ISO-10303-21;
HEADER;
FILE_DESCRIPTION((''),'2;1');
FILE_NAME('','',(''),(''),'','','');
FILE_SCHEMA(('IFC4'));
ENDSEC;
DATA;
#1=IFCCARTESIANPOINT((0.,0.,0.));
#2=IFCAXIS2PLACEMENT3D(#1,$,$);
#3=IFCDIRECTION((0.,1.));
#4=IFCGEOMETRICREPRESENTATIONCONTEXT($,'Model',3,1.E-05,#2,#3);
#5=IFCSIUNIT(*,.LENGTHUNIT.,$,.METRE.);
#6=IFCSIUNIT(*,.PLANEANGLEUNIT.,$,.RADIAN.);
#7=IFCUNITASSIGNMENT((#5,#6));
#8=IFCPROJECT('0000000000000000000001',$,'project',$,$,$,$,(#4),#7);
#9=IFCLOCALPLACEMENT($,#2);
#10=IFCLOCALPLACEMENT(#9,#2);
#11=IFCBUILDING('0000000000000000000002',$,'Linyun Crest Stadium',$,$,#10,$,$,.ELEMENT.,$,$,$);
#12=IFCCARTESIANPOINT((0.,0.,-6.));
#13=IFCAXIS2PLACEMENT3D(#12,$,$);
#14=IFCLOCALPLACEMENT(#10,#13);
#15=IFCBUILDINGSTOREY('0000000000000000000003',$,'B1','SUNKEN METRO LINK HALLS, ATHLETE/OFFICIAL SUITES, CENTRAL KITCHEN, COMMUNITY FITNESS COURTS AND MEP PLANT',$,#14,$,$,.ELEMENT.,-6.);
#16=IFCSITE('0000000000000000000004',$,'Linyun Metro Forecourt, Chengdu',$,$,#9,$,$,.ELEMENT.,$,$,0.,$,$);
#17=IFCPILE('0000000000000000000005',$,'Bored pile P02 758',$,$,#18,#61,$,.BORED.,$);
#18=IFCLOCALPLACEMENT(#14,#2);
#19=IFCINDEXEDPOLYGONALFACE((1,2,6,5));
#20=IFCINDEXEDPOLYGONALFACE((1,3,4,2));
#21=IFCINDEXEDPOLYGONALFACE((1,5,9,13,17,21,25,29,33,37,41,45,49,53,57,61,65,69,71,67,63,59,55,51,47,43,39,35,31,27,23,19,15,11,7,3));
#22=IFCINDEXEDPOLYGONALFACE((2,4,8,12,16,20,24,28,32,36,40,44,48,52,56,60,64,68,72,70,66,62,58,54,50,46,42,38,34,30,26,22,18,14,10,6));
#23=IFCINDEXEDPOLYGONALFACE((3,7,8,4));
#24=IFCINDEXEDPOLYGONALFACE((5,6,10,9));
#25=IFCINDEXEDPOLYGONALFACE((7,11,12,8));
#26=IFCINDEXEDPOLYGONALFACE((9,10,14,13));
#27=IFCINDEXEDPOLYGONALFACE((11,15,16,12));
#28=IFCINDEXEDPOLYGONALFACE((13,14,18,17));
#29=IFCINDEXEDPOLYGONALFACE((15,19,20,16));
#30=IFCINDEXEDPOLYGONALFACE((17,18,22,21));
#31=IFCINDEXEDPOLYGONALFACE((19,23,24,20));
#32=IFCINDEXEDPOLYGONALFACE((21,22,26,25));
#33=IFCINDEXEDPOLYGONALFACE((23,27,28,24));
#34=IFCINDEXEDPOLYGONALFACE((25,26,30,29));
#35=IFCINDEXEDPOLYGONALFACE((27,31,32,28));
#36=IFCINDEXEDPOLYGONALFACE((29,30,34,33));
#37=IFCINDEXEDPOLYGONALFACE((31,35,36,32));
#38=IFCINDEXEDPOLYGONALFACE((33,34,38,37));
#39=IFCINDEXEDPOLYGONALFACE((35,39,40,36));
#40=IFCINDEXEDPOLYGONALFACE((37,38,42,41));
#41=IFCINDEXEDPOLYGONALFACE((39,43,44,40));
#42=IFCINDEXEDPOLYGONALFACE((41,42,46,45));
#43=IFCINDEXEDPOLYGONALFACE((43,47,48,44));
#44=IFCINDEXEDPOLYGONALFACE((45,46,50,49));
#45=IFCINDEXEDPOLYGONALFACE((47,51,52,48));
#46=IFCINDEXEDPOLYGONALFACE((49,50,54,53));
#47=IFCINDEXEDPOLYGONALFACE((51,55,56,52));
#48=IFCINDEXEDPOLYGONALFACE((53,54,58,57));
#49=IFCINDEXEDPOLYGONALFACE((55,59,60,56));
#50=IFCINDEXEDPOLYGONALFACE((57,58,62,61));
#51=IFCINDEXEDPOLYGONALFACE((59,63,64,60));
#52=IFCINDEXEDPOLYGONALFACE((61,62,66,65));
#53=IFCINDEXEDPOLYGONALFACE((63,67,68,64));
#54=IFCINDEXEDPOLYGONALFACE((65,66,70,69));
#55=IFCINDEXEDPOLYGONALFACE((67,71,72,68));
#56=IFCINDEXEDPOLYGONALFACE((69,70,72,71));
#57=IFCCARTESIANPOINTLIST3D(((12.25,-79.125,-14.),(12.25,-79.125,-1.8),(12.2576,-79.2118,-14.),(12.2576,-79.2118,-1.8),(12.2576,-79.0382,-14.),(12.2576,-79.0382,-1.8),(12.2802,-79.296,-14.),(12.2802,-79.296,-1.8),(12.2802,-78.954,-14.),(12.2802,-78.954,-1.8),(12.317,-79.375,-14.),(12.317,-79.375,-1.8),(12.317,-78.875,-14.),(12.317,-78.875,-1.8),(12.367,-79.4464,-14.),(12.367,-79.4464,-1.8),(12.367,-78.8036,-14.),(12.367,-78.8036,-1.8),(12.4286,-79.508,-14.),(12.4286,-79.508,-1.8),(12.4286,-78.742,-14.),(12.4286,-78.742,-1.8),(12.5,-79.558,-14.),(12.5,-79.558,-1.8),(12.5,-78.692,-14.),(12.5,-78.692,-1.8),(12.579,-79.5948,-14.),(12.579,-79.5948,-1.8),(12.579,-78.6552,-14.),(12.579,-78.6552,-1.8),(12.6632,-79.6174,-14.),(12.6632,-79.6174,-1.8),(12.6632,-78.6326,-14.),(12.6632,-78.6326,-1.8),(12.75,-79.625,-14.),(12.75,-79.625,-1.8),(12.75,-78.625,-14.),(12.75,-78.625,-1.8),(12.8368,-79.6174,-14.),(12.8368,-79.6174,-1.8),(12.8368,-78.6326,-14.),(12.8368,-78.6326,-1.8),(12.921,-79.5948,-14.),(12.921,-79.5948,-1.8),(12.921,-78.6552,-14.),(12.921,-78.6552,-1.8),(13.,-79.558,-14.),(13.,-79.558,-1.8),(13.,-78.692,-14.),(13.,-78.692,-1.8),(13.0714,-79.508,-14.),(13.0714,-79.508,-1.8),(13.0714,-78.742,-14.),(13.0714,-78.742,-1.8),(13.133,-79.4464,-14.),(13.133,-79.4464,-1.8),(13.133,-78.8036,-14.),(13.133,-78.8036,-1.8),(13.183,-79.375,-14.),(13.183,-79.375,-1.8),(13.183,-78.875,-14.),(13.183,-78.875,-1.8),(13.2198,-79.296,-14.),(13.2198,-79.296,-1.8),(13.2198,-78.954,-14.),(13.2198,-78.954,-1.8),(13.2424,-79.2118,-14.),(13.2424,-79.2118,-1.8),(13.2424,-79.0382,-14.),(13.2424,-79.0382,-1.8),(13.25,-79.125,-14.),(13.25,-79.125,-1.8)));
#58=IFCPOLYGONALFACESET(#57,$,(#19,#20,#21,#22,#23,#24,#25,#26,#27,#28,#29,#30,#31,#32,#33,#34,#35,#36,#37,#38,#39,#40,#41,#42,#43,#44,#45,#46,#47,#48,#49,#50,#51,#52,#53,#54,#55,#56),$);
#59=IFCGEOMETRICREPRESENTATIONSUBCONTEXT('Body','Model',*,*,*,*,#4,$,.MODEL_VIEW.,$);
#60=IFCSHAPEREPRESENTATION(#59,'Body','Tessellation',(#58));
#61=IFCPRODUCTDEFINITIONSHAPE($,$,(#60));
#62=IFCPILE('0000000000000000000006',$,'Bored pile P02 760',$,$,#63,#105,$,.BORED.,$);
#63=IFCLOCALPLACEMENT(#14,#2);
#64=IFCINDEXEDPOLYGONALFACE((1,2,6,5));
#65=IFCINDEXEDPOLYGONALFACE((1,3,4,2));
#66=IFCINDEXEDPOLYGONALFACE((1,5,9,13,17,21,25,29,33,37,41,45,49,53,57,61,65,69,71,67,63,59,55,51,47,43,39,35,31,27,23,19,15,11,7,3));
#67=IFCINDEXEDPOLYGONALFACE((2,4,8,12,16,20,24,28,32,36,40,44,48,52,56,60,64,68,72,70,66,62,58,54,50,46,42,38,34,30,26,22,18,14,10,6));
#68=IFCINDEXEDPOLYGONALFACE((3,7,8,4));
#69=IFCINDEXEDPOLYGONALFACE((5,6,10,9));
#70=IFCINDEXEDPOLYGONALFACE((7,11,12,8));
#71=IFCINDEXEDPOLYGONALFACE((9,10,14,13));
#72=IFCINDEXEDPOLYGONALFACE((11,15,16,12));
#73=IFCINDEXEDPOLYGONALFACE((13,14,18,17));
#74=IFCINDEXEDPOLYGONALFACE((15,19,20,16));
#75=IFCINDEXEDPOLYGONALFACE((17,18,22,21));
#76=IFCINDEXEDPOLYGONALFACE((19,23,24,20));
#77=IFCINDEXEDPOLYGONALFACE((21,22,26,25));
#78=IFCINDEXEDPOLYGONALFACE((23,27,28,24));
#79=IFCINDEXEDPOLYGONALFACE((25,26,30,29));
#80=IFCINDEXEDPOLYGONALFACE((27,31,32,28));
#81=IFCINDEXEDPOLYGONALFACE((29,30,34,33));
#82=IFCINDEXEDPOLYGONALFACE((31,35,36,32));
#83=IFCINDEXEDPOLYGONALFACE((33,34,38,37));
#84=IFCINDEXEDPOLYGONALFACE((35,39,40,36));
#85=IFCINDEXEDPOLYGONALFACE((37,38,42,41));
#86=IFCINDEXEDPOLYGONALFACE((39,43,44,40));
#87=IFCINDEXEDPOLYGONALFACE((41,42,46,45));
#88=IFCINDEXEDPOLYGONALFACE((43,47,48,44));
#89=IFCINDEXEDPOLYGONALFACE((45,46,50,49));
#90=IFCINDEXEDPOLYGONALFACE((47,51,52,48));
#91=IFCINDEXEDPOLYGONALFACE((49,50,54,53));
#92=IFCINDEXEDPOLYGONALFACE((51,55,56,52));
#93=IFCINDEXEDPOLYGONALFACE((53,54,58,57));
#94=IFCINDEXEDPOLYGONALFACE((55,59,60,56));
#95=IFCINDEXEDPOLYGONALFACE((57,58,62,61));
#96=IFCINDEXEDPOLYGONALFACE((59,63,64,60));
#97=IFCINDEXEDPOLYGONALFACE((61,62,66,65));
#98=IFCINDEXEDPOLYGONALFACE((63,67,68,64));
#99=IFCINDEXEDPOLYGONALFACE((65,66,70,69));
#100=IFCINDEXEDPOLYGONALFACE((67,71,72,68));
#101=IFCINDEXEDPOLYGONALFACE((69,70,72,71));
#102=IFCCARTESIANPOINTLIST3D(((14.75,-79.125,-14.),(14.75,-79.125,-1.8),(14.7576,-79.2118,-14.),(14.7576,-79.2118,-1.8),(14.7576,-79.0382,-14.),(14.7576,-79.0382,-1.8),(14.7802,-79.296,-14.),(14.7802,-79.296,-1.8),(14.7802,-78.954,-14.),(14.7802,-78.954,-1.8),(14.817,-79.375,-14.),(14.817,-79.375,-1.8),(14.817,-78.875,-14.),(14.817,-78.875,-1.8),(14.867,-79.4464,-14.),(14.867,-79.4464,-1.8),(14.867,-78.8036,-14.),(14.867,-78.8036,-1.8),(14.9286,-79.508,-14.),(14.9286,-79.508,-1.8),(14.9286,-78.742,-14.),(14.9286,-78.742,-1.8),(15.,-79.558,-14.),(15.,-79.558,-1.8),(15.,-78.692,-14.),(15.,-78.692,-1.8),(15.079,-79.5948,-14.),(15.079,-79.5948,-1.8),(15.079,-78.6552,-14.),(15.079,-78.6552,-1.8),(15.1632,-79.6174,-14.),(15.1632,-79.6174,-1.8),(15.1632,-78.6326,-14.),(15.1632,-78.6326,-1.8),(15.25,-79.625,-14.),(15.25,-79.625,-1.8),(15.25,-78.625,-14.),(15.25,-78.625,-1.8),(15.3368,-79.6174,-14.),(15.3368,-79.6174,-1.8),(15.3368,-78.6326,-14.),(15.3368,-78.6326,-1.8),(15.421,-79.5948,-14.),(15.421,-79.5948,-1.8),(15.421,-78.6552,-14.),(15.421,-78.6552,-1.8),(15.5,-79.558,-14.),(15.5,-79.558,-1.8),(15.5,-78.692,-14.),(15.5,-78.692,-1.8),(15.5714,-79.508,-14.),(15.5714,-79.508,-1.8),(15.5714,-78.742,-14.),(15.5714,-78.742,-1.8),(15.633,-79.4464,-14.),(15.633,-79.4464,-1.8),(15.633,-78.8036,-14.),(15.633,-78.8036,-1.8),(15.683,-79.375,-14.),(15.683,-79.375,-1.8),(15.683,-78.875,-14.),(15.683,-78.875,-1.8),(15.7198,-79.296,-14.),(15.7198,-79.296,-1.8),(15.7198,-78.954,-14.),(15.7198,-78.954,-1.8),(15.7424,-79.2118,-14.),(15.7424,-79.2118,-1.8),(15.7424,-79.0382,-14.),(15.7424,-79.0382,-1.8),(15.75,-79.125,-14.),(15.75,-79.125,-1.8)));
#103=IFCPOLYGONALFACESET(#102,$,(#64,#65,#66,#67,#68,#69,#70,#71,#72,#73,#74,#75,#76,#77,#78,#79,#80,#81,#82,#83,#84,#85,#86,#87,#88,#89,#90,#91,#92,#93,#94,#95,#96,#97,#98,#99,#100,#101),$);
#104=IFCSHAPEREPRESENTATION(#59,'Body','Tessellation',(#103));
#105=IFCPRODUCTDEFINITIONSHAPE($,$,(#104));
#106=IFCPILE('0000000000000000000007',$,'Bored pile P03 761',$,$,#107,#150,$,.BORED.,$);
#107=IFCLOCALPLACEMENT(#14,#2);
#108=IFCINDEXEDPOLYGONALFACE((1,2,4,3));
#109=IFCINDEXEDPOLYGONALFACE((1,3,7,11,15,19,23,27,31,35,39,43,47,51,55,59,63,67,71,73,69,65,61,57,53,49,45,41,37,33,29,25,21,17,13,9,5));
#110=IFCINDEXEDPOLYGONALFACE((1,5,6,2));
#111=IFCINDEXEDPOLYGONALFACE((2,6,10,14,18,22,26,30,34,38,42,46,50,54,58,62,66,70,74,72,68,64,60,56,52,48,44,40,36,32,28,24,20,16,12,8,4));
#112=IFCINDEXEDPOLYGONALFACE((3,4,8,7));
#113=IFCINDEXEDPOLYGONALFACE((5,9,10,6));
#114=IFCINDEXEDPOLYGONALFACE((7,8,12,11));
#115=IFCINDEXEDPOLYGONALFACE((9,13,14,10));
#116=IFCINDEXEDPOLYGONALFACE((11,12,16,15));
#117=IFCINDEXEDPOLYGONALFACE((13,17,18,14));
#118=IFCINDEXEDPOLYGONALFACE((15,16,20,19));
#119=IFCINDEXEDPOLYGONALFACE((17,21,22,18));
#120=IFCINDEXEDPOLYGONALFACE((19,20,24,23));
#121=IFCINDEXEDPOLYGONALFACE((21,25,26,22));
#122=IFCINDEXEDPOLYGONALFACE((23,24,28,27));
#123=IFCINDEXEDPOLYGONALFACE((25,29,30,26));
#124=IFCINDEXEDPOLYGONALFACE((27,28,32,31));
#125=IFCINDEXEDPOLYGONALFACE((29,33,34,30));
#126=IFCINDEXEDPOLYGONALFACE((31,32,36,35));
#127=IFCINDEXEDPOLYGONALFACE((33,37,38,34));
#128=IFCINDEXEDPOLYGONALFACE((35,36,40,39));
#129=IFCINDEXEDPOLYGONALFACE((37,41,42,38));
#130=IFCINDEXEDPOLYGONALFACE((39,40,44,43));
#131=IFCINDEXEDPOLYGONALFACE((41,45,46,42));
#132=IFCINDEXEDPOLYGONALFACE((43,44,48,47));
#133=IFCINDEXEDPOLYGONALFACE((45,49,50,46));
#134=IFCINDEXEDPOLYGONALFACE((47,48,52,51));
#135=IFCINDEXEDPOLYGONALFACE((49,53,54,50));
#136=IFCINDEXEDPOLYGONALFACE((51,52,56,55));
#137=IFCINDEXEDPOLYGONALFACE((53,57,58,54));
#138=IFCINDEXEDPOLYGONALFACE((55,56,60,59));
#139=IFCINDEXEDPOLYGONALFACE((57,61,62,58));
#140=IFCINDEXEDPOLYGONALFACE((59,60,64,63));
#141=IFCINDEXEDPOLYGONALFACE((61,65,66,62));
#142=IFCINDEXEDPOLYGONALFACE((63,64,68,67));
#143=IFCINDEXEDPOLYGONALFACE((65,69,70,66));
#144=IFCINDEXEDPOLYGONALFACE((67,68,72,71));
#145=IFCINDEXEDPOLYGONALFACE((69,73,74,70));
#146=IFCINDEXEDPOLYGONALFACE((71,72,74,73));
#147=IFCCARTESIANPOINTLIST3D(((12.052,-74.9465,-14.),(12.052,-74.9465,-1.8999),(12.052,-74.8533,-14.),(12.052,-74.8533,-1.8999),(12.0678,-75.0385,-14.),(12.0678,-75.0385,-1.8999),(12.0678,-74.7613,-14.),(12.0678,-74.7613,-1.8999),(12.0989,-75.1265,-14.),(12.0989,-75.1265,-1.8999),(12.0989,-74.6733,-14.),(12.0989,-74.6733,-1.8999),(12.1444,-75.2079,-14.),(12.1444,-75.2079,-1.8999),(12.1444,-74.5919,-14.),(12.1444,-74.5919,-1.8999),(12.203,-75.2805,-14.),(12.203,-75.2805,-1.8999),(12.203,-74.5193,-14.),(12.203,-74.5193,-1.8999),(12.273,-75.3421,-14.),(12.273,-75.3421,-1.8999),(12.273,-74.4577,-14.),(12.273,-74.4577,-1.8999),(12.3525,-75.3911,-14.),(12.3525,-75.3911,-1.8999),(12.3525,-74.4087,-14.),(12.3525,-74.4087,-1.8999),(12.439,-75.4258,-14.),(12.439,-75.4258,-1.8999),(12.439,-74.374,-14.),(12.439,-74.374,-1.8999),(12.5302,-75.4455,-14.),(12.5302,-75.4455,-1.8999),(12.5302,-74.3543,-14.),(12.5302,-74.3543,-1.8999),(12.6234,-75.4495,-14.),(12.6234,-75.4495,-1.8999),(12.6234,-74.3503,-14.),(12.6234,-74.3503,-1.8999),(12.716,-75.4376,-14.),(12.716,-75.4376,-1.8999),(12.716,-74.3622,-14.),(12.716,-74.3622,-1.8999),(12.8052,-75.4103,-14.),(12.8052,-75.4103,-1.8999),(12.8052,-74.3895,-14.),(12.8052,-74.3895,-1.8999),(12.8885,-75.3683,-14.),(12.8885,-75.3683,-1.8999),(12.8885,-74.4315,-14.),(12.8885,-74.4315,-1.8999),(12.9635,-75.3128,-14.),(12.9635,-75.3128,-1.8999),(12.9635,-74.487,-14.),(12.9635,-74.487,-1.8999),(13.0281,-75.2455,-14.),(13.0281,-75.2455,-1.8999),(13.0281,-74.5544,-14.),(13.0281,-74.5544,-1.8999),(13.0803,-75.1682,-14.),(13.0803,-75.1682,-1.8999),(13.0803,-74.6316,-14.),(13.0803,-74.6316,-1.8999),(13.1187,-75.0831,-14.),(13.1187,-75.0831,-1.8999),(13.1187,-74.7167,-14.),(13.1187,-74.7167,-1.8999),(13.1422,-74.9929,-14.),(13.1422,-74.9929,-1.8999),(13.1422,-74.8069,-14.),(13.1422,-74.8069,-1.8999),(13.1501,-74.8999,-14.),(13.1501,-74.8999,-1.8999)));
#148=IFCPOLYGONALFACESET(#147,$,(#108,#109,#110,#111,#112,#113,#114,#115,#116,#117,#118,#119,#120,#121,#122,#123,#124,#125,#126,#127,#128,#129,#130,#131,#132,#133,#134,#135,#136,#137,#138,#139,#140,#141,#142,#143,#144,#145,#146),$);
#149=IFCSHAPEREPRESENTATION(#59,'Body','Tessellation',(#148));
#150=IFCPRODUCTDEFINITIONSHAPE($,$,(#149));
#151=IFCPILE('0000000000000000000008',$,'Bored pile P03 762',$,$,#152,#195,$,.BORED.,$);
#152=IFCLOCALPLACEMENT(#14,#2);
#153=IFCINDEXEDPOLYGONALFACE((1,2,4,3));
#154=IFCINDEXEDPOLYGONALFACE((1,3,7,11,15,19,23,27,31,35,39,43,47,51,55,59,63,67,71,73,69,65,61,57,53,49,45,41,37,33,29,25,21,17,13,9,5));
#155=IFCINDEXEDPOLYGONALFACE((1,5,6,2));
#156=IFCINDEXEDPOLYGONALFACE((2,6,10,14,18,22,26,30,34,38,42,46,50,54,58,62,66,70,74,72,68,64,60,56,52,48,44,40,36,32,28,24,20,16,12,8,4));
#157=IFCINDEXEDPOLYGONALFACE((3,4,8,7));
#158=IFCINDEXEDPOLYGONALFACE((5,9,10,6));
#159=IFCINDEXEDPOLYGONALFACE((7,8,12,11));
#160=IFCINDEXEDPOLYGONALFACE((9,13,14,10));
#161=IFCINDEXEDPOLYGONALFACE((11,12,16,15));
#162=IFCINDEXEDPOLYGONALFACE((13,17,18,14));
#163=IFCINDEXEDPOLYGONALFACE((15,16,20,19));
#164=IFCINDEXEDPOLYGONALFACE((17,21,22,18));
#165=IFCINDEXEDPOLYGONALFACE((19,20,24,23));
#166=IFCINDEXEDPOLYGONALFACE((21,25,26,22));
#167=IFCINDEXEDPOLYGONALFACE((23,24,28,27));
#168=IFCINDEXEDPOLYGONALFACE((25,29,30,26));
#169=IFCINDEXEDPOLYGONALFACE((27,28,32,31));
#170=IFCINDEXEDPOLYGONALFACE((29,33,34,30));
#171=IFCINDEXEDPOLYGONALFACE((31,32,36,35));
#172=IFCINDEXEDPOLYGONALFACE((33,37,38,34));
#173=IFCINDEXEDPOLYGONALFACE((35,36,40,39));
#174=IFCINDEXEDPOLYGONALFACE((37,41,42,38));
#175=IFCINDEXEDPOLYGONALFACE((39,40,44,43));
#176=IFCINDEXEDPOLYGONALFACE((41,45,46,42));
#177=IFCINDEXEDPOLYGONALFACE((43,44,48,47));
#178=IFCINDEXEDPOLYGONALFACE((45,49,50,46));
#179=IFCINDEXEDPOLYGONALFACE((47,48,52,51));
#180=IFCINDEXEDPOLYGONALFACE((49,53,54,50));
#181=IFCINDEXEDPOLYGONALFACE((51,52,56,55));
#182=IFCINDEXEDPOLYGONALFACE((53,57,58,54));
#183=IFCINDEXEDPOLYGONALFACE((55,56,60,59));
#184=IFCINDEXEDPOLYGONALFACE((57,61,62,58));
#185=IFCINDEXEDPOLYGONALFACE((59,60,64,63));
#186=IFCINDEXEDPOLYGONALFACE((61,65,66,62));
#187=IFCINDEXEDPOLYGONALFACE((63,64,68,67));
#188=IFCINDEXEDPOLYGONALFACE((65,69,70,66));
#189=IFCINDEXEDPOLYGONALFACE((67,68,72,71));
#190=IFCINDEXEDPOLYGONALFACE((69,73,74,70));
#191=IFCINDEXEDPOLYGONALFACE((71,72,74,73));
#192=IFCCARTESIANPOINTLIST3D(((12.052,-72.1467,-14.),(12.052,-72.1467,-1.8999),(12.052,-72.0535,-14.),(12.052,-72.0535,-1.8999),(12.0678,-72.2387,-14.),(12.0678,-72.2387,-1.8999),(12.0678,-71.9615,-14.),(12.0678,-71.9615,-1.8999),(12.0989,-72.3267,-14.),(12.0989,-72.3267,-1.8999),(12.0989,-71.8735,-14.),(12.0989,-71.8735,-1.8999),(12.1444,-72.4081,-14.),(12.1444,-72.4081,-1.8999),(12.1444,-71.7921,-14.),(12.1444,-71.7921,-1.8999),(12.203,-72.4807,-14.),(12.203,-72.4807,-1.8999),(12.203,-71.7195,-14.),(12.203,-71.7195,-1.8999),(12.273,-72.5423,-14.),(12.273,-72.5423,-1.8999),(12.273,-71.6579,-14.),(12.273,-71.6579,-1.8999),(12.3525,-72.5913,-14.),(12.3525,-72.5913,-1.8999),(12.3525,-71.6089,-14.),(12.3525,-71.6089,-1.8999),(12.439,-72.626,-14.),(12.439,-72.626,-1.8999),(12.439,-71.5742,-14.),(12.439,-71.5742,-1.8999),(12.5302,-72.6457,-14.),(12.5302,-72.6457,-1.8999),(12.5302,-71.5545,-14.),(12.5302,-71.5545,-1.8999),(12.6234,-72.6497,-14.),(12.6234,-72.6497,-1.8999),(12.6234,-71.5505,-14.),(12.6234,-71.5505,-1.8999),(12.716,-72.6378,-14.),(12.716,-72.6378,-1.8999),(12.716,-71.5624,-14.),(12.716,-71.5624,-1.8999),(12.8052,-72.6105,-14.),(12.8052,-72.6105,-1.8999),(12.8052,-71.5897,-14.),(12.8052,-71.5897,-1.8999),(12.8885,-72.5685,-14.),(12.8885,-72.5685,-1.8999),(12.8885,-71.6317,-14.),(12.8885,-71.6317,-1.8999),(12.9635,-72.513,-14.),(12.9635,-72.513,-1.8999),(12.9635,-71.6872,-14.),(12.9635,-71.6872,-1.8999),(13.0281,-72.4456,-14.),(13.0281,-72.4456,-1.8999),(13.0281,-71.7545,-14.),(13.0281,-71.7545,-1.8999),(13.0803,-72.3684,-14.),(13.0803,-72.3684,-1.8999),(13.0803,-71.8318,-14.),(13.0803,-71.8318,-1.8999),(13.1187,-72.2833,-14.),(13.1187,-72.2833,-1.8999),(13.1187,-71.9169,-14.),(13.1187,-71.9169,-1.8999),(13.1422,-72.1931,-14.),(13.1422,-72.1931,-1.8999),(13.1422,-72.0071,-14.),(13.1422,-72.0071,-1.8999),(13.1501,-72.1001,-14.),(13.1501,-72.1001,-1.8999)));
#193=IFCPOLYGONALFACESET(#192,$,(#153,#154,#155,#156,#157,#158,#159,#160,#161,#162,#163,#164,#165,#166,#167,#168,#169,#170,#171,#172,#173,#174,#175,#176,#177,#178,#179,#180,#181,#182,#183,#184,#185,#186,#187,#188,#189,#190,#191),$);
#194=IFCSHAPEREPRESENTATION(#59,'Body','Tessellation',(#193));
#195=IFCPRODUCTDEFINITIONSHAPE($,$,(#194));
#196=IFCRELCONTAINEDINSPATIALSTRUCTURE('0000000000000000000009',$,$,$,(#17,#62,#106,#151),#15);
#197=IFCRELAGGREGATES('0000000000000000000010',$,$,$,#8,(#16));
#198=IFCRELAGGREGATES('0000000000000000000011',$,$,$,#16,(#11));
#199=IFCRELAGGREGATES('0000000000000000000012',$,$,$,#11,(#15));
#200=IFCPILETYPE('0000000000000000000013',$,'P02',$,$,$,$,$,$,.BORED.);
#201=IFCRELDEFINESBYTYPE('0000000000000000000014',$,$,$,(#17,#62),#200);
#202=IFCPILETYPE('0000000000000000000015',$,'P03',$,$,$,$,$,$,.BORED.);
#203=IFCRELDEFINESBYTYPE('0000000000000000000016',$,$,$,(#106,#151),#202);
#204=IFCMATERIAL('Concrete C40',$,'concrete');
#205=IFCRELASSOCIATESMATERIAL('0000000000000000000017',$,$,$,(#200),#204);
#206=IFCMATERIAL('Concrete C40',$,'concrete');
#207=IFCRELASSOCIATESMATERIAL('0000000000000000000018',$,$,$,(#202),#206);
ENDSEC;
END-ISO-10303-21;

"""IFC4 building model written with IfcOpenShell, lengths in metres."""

from ifc_helpers import new_model, si_unit, direction, frame, origin, origin_2d, place, context, subcontext, project, spatial, circle, extrude, material, material_profile, profile_set, type_object, element, save


model = new_model("IFC4")

# Units and contexts
model_context = context("Model", 3, precision=1e-05, world=origin(), true_north=direction((0.0, 1.0)))
body_context = subcontext(model_context, "Body", "Model", "MODEL_VIEW")
ifc_project = project(units=[si_unit("LENGTHUNIT", "METRE"), si_unit("PLANEANGLEUNIT", "RADIAN")], contexts=[model_context])

# Site, building, storey
site_placement = place(None, origin())
site = spatial("IfcSite", under=ifc_project, at=site_placement, Name="Linyun Metro Forecourt, Chengdu", CompositionType="ELEMENT", RefElevation=0.0)
building_placement = place(site_placement, origin())
building = spatial("IfcBuilding", under=site, at=building_placement, Name="Linyun Crest Stadium", CompositionType="ELEMENT")
storey_placement = place(building_placement, frame((0.0, 0.0, -6.0)))
storey = spatial("IfcBuildingStorey", under=building, at=storey_placement, Name="B1", Description="SUNKEN METRO LINK HALLS, ATHLETE/OFFICIAL SUITES, CENTRAL KITCHEN, COMMUNITY FITNESS COURTS AND MEP PLANT", CompositionType="ELEMENT", Elevation=-6.0)

# Piles
ifc_material_1 = material(Name="Concrete C40", Category="concrete")
ifc_material_profile_1 = material_profile(ifc_material_1, circle(Radius=0.5, at=origin_2d()), Name="BORED PILE 1000")
ifc_profile_set_1 = profile_set([ifc_material_profile_1], Name="Concrete C40")
pile_type_1 = type_object("IfcPileType", Name="P02", PredefinedType="BORED", material=ifc_profile_set_1)
for number, where, z_axis, x_axis, name in (
    (1, (12.75, -79.125, -1.8), (0.0, 0.0, -1.0), (1.0, 0.0, 0.0), "Bored pile P02 758"),
    (2, (15.25, -79.125, -1.8), (0.0, 0.0, -1.0), (1.0, 0.0, 0.0), "Bored pile P02 760"),
):
    element("IfcPile", number, at=place(storey_placement, frame(where, z_axis=z_axis, x_axis=x_axis)), inside=storey, type_object=pile_type_1, Name=name, PredefinedType="BORED", context=body_context, shape_type="SweptSolid", body=[
        extrude(circle(Radius=0.5, at=origin_2d()), origin(), (0.0, 0.0, 1.0), 12.2),
    ])
ifc_material_2 = material(Name="Concrete C40", Category="concrete")
ifc_material_profile_2 = material_profile(ifc_material_2, circle(Radius=0.55, at=origin_2d()), Name="BORED PILE 1100")
ifc_profile_set_2 = profile_set([ifc_material_profile_2], Name="Concrete C40")
pile_type_2 = type_object("IfcPileType", Name="P03", PredefinedType="BORED", material=ifc_profile_set_2)
for number, where, z_axis, x_axis, name in (
    (3, (12.6001, -74.8999, -1.8999), (0.0, 0.0, -1.0), (1.0, 0.0, 0.0), "Bored pile P03 761"),
    (4, (12.6001, -72.1001, -1.8999), (0.0, 0.0, -1.0), (1.0, 0.0, 0.0), "Bored pile P03 762"),
):
    element("IfcPile", number, at=place(storey_placement, frame(where, z_axis=z_axis, x_axis=x_axis)), inside=storey, type_object=pile_type_2, Name=name, PredefinedType="BORED", context=body_context, shape_type="SweptSolid", body=[
        extrude(circle(Radius=0.55, at=origin_2d()), origin(), (0.0, 0.0, 1.0), 12.1001),
    ])

save(model, "model.ifc")
